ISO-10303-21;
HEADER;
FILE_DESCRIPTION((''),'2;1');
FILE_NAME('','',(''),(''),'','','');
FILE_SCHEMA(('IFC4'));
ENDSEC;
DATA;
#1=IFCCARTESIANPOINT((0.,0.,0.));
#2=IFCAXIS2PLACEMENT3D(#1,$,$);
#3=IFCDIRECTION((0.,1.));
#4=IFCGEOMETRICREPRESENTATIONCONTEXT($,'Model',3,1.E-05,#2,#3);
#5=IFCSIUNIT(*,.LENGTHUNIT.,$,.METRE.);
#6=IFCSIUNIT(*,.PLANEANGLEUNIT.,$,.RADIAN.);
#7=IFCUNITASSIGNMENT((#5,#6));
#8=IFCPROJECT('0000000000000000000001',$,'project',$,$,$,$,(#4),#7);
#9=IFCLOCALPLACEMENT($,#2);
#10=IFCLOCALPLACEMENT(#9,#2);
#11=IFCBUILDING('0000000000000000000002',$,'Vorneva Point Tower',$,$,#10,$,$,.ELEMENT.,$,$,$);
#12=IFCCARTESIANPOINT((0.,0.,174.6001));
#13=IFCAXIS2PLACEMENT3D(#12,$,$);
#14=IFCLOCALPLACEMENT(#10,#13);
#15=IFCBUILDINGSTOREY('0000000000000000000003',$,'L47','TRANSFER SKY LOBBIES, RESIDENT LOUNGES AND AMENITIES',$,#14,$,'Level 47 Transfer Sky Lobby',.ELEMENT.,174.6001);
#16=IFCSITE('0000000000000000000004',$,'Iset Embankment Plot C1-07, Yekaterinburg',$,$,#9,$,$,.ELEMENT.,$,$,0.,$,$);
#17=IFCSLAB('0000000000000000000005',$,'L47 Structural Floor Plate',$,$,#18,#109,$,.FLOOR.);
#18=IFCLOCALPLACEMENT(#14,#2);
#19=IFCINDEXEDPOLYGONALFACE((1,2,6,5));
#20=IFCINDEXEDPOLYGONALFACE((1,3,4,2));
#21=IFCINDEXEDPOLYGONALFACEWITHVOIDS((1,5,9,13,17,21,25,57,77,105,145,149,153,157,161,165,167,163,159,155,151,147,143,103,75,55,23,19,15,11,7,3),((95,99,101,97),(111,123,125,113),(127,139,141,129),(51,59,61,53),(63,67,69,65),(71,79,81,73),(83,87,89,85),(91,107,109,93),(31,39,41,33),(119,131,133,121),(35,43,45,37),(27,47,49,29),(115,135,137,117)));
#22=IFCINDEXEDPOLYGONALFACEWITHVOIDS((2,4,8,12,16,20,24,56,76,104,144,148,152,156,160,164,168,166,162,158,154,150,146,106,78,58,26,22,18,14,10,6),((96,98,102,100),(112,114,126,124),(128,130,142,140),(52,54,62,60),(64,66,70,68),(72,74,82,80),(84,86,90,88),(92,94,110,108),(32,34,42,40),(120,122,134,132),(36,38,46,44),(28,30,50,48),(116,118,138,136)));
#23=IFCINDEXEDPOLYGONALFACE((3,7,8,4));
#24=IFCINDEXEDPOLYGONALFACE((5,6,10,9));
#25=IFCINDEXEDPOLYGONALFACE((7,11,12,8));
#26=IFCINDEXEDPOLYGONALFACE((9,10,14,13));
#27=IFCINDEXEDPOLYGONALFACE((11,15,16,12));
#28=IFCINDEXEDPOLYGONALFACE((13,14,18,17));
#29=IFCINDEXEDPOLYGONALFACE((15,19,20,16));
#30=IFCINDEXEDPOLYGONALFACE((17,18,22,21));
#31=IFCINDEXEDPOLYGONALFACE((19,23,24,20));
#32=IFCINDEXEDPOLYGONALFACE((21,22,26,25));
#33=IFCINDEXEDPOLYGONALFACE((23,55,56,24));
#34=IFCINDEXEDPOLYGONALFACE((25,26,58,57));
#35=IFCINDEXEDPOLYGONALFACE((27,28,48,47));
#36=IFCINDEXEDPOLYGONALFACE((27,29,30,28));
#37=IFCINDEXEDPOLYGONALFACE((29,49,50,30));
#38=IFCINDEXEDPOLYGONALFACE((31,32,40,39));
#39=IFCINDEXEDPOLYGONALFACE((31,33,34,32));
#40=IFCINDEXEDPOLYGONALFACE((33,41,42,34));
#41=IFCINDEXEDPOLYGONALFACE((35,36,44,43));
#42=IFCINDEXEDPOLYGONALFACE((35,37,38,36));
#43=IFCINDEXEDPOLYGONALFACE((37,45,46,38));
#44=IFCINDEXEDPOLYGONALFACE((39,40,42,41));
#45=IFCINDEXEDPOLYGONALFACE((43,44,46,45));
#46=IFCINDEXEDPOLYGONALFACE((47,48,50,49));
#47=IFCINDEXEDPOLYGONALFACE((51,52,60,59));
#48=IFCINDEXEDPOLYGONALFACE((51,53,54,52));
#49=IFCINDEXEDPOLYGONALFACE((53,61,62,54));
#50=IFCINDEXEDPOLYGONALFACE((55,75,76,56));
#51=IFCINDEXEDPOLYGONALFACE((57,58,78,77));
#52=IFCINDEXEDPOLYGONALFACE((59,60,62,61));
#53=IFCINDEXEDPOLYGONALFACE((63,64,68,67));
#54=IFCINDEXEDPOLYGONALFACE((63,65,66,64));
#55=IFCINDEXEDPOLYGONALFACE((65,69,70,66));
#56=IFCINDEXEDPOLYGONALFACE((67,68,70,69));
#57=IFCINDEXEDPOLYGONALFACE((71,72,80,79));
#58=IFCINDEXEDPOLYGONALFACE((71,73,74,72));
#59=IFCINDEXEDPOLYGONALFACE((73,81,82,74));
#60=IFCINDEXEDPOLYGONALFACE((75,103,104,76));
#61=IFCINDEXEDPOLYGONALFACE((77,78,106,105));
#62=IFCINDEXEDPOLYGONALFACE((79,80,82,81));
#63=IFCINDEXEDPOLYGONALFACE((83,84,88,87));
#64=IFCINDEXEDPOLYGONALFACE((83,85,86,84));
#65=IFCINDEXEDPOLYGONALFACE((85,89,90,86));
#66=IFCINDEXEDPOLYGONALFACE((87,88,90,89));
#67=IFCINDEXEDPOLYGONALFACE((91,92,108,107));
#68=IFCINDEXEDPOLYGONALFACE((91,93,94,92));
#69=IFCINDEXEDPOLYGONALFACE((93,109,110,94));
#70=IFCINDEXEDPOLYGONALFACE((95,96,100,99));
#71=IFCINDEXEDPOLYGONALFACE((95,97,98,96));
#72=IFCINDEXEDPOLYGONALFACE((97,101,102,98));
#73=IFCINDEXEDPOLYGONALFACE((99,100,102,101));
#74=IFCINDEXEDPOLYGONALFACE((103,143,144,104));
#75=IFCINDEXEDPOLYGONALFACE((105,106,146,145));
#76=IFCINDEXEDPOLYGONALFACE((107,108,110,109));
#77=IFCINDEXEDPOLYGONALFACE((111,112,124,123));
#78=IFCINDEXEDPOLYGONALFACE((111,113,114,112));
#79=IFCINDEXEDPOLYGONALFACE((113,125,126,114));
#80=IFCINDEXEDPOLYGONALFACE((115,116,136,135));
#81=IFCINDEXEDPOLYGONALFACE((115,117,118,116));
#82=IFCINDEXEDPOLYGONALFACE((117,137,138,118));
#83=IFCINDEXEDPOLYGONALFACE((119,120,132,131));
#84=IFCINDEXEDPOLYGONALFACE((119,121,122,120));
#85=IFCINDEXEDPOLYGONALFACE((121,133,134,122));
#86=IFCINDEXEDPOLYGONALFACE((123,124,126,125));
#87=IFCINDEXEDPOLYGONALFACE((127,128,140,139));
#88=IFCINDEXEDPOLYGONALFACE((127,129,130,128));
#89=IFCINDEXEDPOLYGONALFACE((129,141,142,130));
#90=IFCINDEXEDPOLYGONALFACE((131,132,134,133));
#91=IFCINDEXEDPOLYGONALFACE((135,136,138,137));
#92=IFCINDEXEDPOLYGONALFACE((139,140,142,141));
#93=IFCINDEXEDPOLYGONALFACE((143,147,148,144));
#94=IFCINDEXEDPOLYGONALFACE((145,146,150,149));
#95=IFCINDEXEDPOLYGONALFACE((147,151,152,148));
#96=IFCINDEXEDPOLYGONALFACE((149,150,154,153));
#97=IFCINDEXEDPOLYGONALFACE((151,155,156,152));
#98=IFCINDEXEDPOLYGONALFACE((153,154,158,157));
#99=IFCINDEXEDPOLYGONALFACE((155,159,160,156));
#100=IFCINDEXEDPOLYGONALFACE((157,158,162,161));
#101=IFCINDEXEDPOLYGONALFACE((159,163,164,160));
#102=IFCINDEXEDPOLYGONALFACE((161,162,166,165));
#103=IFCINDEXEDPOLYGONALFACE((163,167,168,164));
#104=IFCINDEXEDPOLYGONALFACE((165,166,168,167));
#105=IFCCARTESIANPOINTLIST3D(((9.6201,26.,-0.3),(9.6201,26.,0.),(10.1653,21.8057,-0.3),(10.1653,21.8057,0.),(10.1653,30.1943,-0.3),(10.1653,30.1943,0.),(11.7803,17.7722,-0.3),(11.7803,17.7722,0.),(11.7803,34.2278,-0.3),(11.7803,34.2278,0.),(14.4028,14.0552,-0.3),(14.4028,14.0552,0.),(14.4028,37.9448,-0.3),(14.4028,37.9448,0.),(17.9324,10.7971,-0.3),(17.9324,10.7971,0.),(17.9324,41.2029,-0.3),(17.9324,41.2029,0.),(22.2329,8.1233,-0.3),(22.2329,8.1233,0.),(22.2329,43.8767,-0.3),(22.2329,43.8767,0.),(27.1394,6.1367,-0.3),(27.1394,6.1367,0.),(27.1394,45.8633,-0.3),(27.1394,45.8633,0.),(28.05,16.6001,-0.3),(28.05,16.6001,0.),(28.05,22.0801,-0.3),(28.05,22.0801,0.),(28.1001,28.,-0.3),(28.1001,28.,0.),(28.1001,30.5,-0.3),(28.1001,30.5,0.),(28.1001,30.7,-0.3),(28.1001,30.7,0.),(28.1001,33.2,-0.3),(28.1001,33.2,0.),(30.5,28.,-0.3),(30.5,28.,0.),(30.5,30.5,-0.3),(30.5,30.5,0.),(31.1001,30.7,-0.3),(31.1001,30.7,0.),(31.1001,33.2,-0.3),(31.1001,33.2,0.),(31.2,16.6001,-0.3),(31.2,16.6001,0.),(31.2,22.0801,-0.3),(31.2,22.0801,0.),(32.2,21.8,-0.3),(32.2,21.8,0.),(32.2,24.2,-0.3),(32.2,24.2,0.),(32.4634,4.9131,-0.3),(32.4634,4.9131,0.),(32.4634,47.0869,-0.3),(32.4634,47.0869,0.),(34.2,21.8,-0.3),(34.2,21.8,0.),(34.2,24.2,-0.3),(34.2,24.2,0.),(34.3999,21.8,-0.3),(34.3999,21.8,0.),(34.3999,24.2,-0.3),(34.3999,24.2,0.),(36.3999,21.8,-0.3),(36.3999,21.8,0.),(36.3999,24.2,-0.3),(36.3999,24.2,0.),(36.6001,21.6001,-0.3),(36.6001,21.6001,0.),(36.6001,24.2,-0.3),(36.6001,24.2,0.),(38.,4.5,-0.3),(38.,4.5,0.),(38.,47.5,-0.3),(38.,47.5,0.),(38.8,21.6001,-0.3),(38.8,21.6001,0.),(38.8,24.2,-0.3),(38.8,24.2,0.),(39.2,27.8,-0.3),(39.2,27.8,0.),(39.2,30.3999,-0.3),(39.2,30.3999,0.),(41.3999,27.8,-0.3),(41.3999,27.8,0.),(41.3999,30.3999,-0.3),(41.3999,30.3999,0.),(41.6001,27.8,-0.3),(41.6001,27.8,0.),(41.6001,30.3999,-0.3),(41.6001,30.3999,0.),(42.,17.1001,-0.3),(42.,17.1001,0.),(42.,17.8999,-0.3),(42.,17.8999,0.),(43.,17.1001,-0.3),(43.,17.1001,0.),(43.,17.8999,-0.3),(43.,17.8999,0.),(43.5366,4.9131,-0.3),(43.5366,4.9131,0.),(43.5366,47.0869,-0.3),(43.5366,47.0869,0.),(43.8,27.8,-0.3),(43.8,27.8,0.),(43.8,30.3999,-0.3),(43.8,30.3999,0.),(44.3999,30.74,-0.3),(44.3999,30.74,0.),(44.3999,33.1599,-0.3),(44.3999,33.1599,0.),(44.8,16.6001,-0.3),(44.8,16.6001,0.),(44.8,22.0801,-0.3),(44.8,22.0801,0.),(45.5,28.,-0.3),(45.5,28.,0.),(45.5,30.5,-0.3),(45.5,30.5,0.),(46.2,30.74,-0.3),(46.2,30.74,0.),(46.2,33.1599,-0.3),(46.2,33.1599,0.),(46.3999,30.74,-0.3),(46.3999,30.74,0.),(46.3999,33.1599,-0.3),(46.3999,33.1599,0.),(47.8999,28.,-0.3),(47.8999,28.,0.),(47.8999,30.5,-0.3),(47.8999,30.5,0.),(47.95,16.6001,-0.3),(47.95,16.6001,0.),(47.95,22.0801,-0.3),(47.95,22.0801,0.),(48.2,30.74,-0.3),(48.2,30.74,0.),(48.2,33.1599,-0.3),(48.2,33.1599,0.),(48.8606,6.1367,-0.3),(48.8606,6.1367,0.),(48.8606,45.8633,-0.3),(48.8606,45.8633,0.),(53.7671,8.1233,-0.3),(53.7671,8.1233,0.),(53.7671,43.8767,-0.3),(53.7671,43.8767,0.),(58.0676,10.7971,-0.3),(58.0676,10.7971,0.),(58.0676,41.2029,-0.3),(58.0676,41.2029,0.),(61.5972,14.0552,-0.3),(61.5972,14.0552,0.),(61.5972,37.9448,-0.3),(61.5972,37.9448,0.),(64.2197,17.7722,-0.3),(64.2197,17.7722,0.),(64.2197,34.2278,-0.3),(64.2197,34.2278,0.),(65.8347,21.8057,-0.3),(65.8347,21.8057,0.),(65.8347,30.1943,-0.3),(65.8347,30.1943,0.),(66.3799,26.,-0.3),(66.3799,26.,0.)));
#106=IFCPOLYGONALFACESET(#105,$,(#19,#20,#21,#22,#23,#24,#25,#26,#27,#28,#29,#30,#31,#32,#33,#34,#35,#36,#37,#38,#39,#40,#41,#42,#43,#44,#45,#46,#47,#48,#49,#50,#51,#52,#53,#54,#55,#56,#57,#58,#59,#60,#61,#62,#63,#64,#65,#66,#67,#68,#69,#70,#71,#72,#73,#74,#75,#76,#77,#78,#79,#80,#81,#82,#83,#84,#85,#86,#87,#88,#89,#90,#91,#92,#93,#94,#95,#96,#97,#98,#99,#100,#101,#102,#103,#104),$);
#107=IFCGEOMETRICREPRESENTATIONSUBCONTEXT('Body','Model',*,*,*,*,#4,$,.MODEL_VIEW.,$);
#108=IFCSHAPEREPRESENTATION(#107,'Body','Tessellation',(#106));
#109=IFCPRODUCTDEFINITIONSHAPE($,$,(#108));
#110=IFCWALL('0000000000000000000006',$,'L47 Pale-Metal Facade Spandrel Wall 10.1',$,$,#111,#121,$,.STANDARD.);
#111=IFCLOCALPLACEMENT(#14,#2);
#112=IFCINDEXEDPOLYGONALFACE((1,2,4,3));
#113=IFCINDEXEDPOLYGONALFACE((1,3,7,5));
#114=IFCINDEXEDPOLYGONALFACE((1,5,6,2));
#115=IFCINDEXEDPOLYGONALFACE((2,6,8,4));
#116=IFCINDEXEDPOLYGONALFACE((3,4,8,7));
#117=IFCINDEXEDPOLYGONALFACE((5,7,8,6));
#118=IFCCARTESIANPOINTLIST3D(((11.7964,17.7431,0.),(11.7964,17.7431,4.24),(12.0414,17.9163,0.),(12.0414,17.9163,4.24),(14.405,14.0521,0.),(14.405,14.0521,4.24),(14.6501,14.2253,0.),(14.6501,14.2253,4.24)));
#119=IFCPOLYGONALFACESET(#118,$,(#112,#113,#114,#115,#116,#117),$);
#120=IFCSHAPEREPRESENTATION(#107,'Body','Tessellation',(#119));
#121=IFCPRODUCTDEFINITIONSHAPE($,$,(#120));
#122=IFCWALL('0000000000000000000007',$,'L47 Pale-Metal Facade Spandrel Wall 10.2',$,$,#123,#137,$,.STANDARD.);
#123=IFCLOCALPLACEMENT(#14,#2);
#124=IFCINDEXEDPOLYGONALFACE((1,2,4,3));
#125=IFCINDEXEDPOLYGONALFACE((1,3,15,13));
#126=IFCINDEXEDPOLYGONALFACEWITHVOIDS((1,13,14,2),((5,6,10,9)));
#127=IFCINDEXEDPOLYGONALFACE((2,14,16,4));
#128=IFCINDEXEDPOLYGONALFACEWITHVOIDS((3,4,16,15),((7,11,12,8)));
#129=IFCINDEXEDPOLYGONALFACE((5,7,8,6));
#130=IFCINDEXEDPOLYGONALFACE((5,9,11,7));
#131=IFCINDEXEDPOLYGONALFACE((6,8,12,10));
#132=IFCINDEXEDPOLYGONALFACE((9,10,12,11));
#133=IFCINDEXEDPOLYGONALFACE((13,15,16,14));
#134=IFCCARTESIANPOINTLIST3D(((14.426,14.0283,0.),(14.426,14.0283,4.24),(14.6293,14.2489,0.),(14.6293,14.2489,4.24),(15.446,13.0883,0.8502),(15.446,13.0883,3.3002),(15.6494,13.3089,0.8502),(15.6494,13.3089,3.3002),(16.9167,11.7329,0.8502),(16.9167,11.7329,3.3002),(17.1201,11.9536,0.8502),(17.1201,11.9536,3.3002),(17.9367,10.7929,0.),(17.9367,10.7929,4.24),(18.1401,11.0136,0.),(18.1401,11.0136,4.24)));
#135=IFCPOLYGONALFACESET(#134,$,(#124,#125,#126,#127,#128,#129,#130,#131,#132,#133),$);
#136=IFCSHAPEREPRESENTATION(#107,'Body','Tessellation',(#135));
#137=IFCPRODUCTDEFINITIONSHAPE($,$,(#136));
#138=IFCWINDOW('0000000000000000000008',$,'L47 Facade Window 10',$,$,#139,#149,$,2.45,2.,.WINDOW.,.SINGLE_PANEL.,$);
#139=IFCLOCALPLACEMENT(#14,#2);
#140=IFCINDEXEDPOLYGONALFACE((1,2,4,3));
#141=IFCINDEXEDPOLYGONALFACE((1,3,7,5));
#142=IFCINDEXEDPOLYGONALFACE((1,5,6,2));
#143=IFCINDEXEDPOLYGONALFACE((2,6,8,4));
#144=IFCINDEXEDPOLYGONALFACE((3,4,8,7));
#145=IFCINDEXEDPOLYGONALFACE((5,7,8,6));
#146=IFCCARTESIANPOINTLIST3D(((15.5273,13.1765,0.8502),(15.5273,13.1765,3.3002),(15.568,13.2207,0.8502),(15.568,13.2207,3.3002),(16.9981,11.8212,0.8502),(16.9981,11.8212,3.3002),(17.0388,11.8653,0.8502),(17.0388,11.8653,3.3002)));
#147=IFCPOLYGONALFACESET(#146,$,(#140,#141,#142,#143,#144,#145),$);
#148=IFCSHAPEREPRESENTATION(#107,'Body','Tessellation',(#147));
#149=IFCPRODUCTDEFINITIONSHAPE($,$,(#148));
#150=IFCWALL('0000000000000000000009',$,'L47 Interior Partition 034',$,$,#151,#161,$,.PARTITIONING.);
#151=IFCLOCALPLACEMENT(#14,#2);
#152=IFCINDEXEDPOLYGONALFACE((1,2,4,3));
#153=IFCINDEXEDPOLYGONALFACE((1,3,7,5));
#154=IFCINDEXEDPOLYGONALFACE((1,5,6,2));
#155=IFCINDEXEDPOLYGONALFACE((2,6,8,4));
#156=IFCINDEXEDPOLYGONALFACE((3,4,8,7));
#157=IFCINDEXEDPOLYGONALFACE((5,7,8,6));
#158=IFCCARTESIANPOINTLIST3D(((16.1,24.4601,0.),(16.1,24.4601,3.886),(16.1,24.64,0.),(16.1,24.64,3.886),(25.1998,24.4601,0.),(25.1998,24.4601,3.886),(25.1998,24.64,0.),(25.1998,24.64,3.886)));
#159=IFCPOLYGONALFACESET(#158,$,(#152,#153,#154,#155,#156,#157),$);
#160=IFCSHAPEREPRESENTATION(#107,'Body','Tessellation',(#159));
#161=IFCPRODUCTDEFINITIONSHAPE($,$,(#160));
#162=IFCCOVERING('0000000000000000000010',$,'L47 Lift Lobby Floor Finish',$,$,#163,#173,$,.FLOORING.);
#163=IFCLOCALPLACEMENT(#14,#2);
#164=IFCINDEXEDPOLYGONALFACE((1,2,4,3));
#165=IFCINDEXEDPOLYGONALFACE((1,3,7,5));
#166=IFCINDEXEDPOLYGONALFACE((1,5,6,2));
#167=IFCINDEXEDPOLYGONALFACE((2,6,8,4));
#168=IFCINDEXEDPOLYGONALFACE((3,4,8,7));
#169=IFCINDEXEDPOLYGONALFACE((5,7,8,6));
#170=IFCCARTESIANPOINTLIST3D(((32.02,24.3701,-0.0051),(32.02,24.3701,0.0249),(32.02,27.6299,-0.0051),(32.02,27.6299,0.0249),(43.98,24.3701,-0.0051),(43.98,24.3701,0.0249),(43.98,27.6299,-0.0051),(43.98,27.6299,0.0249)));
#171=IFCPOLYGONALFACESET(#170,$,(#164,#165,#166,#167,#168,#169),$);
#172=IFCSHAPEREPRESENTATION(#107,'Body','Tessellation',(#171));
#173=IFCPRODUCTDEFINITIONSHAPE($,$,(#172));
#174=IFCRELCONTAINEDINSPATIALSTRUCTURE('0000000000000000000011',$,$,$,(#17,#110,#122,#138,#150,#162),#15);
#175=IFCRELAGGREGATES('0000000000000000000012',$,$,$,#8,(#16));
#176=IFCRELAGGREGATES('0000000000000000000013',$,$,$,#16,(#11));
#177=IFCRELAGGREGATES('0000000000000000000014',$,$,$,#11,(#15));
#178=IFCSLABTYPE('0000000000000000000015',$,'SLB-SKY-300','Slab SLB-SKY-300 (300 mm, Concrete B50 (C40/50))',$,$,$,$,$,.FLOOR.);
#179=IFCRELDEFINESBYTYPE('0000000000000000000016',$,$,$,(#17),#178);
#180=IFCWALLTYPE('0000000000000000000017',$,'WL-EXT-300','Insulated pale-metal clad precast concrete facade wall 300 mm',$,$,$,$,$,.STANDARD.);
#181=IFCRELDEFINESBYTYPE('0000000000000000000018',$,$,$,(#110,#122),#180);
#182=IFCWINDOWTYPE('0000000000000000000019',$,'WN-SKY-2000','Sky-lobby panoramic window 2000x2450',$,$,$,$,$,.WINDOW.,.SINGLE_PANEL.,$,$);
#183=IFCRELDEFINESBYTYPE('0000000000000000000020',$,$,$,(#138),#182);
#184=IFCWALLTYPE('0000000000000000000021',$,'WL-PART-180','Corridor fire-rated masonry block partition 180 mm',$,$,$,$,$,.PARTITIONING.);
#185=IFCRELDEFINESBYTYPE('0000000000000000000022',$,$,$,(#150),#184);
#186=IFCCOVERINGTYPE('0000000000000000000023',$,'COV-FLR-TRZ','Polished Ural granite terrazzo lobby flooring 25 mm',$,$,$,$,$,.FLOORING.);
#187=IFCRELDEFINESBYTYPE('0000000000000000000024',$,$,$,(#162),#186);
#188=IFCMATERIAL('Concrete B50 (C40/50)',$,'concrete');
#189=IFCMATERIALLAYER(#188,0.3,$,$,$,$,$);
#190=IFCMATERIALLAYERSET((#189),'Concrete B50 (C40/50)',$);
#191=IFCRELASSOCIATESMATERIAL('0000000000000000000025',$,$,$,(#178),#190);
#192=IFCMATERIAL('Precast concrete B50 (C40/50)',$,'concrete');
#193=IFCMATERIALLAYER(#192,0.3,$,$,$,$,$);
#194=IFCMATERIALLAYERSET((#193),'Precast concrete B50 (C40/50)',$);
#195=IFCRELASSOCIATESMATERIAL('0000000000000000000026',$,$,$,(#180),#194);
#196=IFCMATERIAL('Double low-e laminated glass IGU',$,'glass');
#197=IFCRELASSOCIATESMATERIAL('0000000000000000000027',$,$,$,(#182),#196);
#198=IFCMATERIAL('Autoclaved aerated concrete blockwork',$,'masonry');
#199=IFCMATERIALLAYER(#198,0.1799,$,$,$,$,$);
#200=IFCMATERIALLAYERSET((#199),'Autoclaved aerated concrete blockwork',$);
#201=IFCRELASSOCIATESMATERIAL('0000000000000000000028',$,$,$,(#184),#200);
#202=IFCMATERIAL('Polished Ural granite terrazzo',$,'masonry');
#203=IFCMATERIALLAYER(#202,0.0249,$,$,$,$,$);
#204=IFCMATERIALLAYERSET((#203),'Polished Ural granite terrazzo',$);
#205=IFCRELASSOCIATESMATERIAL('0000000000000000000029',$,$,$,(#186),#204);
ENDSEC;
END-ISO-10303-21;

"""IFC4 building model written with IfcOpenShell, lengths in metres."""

from ifc_helpers import new_model, si_unit, direction, frame, frame_2d, origin, place, context, subcontext, project, spatial, polyline, rectangle, outline, extrude, material, layer, layer_set, type_object, element, fill, save


model = new_model("IFC4")

# Units and contexts
model_context = context("Model", 3, precision=1e-05, world=origin(), true_north=direction((0.0, 1.0)))
body_context = subcontext(model_context, "Body", "Model", "MODEL_VIEW")
ifc_project = project(units=[si_unit("LENGTHUNIT", "METRE"), si_unit("PLANEANGLEUNIT", "RADIAN")], contexts=[model_context])

# Site, building, storey
site_placement = place(None, origin())
site = spatial("IfcSite", under=ifc_project, at=site_placement, Name="Iset Embankment Plot C1-07, Yekaterinburg", CompositionType="ELEMENT", RefElevation=0.0)
building_placement = place(site_placement, origin())
building = spatial("IfcBuilding", under=site, at=building_placement, Name="Vorneva Point Tower", CompositionType="ELEMENT")
storey_placement = place(building_placement, frame((0.0, 0.0, 174.6001)))
storey = spatial("IfcBuildingStorey", under=building, at=storey_placement, Name="L47", Description="TRANSFER SKY LOBBIES, RESIDENT LOUNGES AND AMENITIES", LongName="Level 47 Transfer Sky Lobby", CompositionType="ELEMENT", Elevation=174.6001)

# Shared definitions
ifc_material_1 = material(Name="Double low-e laminated glass IGU", Category="glass")

# Shared definitions
ifc_material_2 = material(Name="Concrete B50 (C40/50)", Category="concrete")

# Slab
ifc_layer_1 = layer(ifc_material_2, 0.3)
ifc_layer_set_1 = layer_set([ifc_layer_1], Name="Concrete B50 (C40/50)")
slab_type_1 = type_object("IfcSlabType", Name="SLB-SKY-300", Description="Slab SLB-SKY-300 (300 mm, Concrete B50 (C40/50))", PredefinedType="FLOOR", material=ifc_layer_set_1)
slab_1_placement = place(storey_placement, frame((0.0, 0.0, -0.3)))
element("IfcSlab", 1, at=slab_1_placement, inside=storey, type_object=slab_type_1, Name="L47 Structural Floor Plate", PredefinedType="FLOOR", context=body_context, shape_type="SweptSolid", body=[
    extrude(outline(polyline([(66.3799, 26.0), (65.8347, 30.1943), (64.2197, 34.2278), (61.5972, 37.9448), (58.0676, 41.2029), (53.7671, 43.8767), (48.8606, 45.8633), (43.5366, 47.0869), (38.0, 47.5), (32.4634, 47.0869), (27.1394, 45.8633), (22.2329, 43.8767), (17.9324, 41.2029), (14.4028, 37.9448), (11.7803, 34.2278), (10.1653, 30.1943), (9.6201, 26.0), (10.1653, 21.8057), (11.7803, 17.7722), (14.4028, 14.0552), (17.9324, 10.7971), (22.2329, 8.1233), (27.1394, 6.1367), (32.4634, 4.9131), (38.0, 4.5), (43.5366, 4.9131), (48.8606, 6.1367), (53.7671, 8.1233), (58.0676, 10.7971), (61.5972, 14.0552), (64.2197, 17.7722), (65.8347, 21.8057), (66.3799, 26.0)]), holes=[polyline([(32.2, 21.8), (34.2, 21.8), (34.2, 24.2), (32.2, 24.2), (32.2, 21.8)]), polyline([(34.3999, 21.8), (36.3999, 21.8), (36.3999, 24.2), (34.3999, 24.2), (34.3999, 21.8)]), polyline([(36.6001, 21.6001), (38.8, 21.6001), (38.8, 24.2), (36.6001, 24.2), (36.6001, 21.6001)]), polyline([(39.2, 27.8), (41.3999, 27.8), (41.3999, 30.3999), (39.2, 30.3999), (39.2, 27.8)]), polyline([(41.6001, 27.8), (43.8, 27.8), (43.8, 30.3999), (41.6001, 30.3999), (41.6001, 27.8)]), polyline([(44.3999, 30.74), (46.2, 30.74), (46.2, 33.1599), (44.3999, 33.1599), (44.3999, 30.74)]), polyline([(46.3999, 30.74), (48.2, 30.74), (48.2, 33.1599), (46.3999, 33.1599), (46.3999, 30.74)]), polyline([(28.1001, 28.0), (30.5, 28.0), (30.5, 30.5), (28.1001, 30.5), (28.1001, 28.0)]), polyline([(45.5, 28.0), (47.8999, 28.0), (47.8999, 30.5), (45.5, 30.5), (45.5, 28.0)]), polyline([(28.1001, 30.7), (31.1001, 30.7), (31.1001, 33.2), (28.1001, 33.2), (28.1001, 30.7)]), polyline([(28.05, 16.6001), (31.2, 16.6001), (31.2, 22.0801), (28.05, 22.0801), (28.05, 16.6001)]), polyline([(44.8, 16.6001), (47.95, 16.6001), (47.95, 22.0801), (44.8, 22.0801), (44.8, 16.6001)]), polyline([(42.0, 17.1001), (43.0, 17.1001), (43.0, 17.8999), (42.0, 17.8999), (42.0, 17.1001)])]), origin(), (0.0, 0.0, 1.0), 0.3),
])

# Wall
ifc_material_3 = material(Name="Precast concrete B50 (C40/50)", Category="concrete")
ifc_layer_2 = layer(ifc_material_3, 0.3)
ifc_layer_set_2 = layer_set([ifc_layer_2], Name="Precast concrete B50 (C40/50)")
wall_type_1 = type_object("IfcWallType", Name="WL-EXT-300", Description="Insulated pale-metal clad precast concrete facade wall 300 mm", PredefinedType="STANDARD", material=ifc_layer_set_2)
wall_1_placement = place(storey_placement, frame((11.9189, 17.8296, 0.0), z_axis=(0.0, 0.0, 1.0), x_axis=(0.577169, -0.816625, 0.0)))
element("IfcWall", 2, at=wall_1_placement, inside=storey, type_object=wall_type_1, Name="L47 Pale-Metal Facade Spandrel Wall 10.1", PredefinedType="STANDARD", context=body_context, shape_type="SweptSolid", body=[
    extrude(rectangle(XDim=4.5198, YDim=0.3, at=frame_2d((2.2598, 0.0))), origin(), (0.0, 0.0, 1.0), 4.24),
])

# Wall, opening, window
wall_2_placement = place(storey_placement, frame((14.5276, 14.1387, 0.0), z_axis=(0.0, 0.0, 1.0), x_axis=(0.73536, -0.677677, 0.0)))
wall_2 = element("IfcWall", 3, at=wall_2_placement, inside=storey, type_object=wall_type_1, Name="L47 Pale-Metal Facade Spandrel Wall 10.2", PredefinedType="STANDARD", context=body_context, shape_type="SweptSolid", body=[
    extrude(rectangle(XDim=4.7742, YDim=0.3, at=frame_2d((2.3872, 0.0))), origin(), (0.0, 0.0, 1.0), 4.24),
])
opening_placement = place(wall_2_placement, frame((1.3872, 0.0, 0.8501)))
opening = element("IfcOpeningElement", 4, at=opening_placement, cuts=wall_2, PredefinedType="OPENING", context=body_context, shape_type="SweptSolid", body=[
    extrude(rectangle(XDim=2.0, YDim=2.45, at=frame_2d((1.0, 1.2251))), frame((0.0, 0.165, 0.0), z_axis=(0.0, -1.0, 0.0), x_axis=(1.0, 0.0, 0.0)), (0.0, 0.0, 1.0), 0.3298),
])
window_type = type_object("IfcWindowType", Name="WN-SKY-2000", Description="Sky-lobby panoramic window 2000x2450", PartitioningType="SINGLE_PANEL", PredefinedType="WINDOW", material=ifc_material_1)
window_placement = place(opening_placement, origin())
window = element("IfcWindow", 5, at=window_placement, inside=storey, type_object=window_type, Name="L47 Facade Window 10", OverallHeight=2.45, OverallWidth=2.0, PartitioningType="SINGLE_PANEL", PredefinedType="WINDOW", context=body_context, shape_type="SweptSolid", body=[
    extrude(rectangle(XDim=2.0, YDim=2.45, at=frame_2d((1.0, 1.2251))), frame((0.0, 0.03, 0.0), z_axis=(0.0, -1.0, 0.0), x_axis=(1.0, 0.0, 0.0)), (0.0, 0.0, 1.0), 0.0601),
])
fill(opening, window)

# Wall
ifc_material_4 = material(Name="Autoclaved aerated concrete blockwork", Category="masonry")
ifc_layer_3 = layer(ifc_material_4, 0.1799)
ifc_layer_set_3 = layer_set([ifc_layer_3], Name="Autoclaved aerated concrete blockwork")
wall_type_2 = type_object("IfcWallType", Name="WL-PART-180", Description="Corridor fire-rated masonry block partition 180 mm", PredefinedType="PARTITIONING", material=ifc_layer_set_3)
wall_3_placement = place(storey_placement, frame((16.1001, 24.55, 0.0), z_axis=(0.0, 0.0, 1.0), x_axis=(1.0, 0.0, 0.0)))
element("IfcWall", 6, at=wall_3_placement, inside=storey, type_object=wall_type_2, Name="L47 Interior Partition 034", PredefinedType="PARTITIONING", context=body_context, shape_type="SweptSolid", body=[
    extrude(rectangle(XDim=9.0999, YDim=0.1799, at=frame_2d((4.5498, 0.0))), origin(), (0.0, 0.0, 1.0), 3.886),
])

# Covering
ifc_material_5 = material(Name="Polished Ural granite terrazzo", Category="masonry")
ifc_layer_4 = layer(ifc_material_5, 0.0249)
ifc_layer_set_4 = layer_set([ifc_layer_4], Name="Polished Ural granite terrazzo")
covering_type = type_object("IfcCoveringType", Name="COV-FLR-TRZ", Description="Polished Ural granite terrazzo lobby flooring 25 mm", PredefinedType="FLOORING", material=ifc_layer_set_4)
covering_placement = place(storey_placement, frame((0.0, 0.0, -0.0051)))
element("IfcCovering", 7, at=covering_placement, inside=storey, type_object=covering_type, Name="L47 Lift Lobby Floor Finish", PredefinedType="FLOORING", context=body_context, shape_type="SweptSolid", body=[
    extrude(outline(polyline([(32.02, 24.3701), (43.98, 24.3701), (43.98, 27.6299), (32.02, 27.6299), (32.02, 24.3701)])), origin(), (0.0, 0.0, 1.0), 0.03),
])

save(model, "model.ifc")
